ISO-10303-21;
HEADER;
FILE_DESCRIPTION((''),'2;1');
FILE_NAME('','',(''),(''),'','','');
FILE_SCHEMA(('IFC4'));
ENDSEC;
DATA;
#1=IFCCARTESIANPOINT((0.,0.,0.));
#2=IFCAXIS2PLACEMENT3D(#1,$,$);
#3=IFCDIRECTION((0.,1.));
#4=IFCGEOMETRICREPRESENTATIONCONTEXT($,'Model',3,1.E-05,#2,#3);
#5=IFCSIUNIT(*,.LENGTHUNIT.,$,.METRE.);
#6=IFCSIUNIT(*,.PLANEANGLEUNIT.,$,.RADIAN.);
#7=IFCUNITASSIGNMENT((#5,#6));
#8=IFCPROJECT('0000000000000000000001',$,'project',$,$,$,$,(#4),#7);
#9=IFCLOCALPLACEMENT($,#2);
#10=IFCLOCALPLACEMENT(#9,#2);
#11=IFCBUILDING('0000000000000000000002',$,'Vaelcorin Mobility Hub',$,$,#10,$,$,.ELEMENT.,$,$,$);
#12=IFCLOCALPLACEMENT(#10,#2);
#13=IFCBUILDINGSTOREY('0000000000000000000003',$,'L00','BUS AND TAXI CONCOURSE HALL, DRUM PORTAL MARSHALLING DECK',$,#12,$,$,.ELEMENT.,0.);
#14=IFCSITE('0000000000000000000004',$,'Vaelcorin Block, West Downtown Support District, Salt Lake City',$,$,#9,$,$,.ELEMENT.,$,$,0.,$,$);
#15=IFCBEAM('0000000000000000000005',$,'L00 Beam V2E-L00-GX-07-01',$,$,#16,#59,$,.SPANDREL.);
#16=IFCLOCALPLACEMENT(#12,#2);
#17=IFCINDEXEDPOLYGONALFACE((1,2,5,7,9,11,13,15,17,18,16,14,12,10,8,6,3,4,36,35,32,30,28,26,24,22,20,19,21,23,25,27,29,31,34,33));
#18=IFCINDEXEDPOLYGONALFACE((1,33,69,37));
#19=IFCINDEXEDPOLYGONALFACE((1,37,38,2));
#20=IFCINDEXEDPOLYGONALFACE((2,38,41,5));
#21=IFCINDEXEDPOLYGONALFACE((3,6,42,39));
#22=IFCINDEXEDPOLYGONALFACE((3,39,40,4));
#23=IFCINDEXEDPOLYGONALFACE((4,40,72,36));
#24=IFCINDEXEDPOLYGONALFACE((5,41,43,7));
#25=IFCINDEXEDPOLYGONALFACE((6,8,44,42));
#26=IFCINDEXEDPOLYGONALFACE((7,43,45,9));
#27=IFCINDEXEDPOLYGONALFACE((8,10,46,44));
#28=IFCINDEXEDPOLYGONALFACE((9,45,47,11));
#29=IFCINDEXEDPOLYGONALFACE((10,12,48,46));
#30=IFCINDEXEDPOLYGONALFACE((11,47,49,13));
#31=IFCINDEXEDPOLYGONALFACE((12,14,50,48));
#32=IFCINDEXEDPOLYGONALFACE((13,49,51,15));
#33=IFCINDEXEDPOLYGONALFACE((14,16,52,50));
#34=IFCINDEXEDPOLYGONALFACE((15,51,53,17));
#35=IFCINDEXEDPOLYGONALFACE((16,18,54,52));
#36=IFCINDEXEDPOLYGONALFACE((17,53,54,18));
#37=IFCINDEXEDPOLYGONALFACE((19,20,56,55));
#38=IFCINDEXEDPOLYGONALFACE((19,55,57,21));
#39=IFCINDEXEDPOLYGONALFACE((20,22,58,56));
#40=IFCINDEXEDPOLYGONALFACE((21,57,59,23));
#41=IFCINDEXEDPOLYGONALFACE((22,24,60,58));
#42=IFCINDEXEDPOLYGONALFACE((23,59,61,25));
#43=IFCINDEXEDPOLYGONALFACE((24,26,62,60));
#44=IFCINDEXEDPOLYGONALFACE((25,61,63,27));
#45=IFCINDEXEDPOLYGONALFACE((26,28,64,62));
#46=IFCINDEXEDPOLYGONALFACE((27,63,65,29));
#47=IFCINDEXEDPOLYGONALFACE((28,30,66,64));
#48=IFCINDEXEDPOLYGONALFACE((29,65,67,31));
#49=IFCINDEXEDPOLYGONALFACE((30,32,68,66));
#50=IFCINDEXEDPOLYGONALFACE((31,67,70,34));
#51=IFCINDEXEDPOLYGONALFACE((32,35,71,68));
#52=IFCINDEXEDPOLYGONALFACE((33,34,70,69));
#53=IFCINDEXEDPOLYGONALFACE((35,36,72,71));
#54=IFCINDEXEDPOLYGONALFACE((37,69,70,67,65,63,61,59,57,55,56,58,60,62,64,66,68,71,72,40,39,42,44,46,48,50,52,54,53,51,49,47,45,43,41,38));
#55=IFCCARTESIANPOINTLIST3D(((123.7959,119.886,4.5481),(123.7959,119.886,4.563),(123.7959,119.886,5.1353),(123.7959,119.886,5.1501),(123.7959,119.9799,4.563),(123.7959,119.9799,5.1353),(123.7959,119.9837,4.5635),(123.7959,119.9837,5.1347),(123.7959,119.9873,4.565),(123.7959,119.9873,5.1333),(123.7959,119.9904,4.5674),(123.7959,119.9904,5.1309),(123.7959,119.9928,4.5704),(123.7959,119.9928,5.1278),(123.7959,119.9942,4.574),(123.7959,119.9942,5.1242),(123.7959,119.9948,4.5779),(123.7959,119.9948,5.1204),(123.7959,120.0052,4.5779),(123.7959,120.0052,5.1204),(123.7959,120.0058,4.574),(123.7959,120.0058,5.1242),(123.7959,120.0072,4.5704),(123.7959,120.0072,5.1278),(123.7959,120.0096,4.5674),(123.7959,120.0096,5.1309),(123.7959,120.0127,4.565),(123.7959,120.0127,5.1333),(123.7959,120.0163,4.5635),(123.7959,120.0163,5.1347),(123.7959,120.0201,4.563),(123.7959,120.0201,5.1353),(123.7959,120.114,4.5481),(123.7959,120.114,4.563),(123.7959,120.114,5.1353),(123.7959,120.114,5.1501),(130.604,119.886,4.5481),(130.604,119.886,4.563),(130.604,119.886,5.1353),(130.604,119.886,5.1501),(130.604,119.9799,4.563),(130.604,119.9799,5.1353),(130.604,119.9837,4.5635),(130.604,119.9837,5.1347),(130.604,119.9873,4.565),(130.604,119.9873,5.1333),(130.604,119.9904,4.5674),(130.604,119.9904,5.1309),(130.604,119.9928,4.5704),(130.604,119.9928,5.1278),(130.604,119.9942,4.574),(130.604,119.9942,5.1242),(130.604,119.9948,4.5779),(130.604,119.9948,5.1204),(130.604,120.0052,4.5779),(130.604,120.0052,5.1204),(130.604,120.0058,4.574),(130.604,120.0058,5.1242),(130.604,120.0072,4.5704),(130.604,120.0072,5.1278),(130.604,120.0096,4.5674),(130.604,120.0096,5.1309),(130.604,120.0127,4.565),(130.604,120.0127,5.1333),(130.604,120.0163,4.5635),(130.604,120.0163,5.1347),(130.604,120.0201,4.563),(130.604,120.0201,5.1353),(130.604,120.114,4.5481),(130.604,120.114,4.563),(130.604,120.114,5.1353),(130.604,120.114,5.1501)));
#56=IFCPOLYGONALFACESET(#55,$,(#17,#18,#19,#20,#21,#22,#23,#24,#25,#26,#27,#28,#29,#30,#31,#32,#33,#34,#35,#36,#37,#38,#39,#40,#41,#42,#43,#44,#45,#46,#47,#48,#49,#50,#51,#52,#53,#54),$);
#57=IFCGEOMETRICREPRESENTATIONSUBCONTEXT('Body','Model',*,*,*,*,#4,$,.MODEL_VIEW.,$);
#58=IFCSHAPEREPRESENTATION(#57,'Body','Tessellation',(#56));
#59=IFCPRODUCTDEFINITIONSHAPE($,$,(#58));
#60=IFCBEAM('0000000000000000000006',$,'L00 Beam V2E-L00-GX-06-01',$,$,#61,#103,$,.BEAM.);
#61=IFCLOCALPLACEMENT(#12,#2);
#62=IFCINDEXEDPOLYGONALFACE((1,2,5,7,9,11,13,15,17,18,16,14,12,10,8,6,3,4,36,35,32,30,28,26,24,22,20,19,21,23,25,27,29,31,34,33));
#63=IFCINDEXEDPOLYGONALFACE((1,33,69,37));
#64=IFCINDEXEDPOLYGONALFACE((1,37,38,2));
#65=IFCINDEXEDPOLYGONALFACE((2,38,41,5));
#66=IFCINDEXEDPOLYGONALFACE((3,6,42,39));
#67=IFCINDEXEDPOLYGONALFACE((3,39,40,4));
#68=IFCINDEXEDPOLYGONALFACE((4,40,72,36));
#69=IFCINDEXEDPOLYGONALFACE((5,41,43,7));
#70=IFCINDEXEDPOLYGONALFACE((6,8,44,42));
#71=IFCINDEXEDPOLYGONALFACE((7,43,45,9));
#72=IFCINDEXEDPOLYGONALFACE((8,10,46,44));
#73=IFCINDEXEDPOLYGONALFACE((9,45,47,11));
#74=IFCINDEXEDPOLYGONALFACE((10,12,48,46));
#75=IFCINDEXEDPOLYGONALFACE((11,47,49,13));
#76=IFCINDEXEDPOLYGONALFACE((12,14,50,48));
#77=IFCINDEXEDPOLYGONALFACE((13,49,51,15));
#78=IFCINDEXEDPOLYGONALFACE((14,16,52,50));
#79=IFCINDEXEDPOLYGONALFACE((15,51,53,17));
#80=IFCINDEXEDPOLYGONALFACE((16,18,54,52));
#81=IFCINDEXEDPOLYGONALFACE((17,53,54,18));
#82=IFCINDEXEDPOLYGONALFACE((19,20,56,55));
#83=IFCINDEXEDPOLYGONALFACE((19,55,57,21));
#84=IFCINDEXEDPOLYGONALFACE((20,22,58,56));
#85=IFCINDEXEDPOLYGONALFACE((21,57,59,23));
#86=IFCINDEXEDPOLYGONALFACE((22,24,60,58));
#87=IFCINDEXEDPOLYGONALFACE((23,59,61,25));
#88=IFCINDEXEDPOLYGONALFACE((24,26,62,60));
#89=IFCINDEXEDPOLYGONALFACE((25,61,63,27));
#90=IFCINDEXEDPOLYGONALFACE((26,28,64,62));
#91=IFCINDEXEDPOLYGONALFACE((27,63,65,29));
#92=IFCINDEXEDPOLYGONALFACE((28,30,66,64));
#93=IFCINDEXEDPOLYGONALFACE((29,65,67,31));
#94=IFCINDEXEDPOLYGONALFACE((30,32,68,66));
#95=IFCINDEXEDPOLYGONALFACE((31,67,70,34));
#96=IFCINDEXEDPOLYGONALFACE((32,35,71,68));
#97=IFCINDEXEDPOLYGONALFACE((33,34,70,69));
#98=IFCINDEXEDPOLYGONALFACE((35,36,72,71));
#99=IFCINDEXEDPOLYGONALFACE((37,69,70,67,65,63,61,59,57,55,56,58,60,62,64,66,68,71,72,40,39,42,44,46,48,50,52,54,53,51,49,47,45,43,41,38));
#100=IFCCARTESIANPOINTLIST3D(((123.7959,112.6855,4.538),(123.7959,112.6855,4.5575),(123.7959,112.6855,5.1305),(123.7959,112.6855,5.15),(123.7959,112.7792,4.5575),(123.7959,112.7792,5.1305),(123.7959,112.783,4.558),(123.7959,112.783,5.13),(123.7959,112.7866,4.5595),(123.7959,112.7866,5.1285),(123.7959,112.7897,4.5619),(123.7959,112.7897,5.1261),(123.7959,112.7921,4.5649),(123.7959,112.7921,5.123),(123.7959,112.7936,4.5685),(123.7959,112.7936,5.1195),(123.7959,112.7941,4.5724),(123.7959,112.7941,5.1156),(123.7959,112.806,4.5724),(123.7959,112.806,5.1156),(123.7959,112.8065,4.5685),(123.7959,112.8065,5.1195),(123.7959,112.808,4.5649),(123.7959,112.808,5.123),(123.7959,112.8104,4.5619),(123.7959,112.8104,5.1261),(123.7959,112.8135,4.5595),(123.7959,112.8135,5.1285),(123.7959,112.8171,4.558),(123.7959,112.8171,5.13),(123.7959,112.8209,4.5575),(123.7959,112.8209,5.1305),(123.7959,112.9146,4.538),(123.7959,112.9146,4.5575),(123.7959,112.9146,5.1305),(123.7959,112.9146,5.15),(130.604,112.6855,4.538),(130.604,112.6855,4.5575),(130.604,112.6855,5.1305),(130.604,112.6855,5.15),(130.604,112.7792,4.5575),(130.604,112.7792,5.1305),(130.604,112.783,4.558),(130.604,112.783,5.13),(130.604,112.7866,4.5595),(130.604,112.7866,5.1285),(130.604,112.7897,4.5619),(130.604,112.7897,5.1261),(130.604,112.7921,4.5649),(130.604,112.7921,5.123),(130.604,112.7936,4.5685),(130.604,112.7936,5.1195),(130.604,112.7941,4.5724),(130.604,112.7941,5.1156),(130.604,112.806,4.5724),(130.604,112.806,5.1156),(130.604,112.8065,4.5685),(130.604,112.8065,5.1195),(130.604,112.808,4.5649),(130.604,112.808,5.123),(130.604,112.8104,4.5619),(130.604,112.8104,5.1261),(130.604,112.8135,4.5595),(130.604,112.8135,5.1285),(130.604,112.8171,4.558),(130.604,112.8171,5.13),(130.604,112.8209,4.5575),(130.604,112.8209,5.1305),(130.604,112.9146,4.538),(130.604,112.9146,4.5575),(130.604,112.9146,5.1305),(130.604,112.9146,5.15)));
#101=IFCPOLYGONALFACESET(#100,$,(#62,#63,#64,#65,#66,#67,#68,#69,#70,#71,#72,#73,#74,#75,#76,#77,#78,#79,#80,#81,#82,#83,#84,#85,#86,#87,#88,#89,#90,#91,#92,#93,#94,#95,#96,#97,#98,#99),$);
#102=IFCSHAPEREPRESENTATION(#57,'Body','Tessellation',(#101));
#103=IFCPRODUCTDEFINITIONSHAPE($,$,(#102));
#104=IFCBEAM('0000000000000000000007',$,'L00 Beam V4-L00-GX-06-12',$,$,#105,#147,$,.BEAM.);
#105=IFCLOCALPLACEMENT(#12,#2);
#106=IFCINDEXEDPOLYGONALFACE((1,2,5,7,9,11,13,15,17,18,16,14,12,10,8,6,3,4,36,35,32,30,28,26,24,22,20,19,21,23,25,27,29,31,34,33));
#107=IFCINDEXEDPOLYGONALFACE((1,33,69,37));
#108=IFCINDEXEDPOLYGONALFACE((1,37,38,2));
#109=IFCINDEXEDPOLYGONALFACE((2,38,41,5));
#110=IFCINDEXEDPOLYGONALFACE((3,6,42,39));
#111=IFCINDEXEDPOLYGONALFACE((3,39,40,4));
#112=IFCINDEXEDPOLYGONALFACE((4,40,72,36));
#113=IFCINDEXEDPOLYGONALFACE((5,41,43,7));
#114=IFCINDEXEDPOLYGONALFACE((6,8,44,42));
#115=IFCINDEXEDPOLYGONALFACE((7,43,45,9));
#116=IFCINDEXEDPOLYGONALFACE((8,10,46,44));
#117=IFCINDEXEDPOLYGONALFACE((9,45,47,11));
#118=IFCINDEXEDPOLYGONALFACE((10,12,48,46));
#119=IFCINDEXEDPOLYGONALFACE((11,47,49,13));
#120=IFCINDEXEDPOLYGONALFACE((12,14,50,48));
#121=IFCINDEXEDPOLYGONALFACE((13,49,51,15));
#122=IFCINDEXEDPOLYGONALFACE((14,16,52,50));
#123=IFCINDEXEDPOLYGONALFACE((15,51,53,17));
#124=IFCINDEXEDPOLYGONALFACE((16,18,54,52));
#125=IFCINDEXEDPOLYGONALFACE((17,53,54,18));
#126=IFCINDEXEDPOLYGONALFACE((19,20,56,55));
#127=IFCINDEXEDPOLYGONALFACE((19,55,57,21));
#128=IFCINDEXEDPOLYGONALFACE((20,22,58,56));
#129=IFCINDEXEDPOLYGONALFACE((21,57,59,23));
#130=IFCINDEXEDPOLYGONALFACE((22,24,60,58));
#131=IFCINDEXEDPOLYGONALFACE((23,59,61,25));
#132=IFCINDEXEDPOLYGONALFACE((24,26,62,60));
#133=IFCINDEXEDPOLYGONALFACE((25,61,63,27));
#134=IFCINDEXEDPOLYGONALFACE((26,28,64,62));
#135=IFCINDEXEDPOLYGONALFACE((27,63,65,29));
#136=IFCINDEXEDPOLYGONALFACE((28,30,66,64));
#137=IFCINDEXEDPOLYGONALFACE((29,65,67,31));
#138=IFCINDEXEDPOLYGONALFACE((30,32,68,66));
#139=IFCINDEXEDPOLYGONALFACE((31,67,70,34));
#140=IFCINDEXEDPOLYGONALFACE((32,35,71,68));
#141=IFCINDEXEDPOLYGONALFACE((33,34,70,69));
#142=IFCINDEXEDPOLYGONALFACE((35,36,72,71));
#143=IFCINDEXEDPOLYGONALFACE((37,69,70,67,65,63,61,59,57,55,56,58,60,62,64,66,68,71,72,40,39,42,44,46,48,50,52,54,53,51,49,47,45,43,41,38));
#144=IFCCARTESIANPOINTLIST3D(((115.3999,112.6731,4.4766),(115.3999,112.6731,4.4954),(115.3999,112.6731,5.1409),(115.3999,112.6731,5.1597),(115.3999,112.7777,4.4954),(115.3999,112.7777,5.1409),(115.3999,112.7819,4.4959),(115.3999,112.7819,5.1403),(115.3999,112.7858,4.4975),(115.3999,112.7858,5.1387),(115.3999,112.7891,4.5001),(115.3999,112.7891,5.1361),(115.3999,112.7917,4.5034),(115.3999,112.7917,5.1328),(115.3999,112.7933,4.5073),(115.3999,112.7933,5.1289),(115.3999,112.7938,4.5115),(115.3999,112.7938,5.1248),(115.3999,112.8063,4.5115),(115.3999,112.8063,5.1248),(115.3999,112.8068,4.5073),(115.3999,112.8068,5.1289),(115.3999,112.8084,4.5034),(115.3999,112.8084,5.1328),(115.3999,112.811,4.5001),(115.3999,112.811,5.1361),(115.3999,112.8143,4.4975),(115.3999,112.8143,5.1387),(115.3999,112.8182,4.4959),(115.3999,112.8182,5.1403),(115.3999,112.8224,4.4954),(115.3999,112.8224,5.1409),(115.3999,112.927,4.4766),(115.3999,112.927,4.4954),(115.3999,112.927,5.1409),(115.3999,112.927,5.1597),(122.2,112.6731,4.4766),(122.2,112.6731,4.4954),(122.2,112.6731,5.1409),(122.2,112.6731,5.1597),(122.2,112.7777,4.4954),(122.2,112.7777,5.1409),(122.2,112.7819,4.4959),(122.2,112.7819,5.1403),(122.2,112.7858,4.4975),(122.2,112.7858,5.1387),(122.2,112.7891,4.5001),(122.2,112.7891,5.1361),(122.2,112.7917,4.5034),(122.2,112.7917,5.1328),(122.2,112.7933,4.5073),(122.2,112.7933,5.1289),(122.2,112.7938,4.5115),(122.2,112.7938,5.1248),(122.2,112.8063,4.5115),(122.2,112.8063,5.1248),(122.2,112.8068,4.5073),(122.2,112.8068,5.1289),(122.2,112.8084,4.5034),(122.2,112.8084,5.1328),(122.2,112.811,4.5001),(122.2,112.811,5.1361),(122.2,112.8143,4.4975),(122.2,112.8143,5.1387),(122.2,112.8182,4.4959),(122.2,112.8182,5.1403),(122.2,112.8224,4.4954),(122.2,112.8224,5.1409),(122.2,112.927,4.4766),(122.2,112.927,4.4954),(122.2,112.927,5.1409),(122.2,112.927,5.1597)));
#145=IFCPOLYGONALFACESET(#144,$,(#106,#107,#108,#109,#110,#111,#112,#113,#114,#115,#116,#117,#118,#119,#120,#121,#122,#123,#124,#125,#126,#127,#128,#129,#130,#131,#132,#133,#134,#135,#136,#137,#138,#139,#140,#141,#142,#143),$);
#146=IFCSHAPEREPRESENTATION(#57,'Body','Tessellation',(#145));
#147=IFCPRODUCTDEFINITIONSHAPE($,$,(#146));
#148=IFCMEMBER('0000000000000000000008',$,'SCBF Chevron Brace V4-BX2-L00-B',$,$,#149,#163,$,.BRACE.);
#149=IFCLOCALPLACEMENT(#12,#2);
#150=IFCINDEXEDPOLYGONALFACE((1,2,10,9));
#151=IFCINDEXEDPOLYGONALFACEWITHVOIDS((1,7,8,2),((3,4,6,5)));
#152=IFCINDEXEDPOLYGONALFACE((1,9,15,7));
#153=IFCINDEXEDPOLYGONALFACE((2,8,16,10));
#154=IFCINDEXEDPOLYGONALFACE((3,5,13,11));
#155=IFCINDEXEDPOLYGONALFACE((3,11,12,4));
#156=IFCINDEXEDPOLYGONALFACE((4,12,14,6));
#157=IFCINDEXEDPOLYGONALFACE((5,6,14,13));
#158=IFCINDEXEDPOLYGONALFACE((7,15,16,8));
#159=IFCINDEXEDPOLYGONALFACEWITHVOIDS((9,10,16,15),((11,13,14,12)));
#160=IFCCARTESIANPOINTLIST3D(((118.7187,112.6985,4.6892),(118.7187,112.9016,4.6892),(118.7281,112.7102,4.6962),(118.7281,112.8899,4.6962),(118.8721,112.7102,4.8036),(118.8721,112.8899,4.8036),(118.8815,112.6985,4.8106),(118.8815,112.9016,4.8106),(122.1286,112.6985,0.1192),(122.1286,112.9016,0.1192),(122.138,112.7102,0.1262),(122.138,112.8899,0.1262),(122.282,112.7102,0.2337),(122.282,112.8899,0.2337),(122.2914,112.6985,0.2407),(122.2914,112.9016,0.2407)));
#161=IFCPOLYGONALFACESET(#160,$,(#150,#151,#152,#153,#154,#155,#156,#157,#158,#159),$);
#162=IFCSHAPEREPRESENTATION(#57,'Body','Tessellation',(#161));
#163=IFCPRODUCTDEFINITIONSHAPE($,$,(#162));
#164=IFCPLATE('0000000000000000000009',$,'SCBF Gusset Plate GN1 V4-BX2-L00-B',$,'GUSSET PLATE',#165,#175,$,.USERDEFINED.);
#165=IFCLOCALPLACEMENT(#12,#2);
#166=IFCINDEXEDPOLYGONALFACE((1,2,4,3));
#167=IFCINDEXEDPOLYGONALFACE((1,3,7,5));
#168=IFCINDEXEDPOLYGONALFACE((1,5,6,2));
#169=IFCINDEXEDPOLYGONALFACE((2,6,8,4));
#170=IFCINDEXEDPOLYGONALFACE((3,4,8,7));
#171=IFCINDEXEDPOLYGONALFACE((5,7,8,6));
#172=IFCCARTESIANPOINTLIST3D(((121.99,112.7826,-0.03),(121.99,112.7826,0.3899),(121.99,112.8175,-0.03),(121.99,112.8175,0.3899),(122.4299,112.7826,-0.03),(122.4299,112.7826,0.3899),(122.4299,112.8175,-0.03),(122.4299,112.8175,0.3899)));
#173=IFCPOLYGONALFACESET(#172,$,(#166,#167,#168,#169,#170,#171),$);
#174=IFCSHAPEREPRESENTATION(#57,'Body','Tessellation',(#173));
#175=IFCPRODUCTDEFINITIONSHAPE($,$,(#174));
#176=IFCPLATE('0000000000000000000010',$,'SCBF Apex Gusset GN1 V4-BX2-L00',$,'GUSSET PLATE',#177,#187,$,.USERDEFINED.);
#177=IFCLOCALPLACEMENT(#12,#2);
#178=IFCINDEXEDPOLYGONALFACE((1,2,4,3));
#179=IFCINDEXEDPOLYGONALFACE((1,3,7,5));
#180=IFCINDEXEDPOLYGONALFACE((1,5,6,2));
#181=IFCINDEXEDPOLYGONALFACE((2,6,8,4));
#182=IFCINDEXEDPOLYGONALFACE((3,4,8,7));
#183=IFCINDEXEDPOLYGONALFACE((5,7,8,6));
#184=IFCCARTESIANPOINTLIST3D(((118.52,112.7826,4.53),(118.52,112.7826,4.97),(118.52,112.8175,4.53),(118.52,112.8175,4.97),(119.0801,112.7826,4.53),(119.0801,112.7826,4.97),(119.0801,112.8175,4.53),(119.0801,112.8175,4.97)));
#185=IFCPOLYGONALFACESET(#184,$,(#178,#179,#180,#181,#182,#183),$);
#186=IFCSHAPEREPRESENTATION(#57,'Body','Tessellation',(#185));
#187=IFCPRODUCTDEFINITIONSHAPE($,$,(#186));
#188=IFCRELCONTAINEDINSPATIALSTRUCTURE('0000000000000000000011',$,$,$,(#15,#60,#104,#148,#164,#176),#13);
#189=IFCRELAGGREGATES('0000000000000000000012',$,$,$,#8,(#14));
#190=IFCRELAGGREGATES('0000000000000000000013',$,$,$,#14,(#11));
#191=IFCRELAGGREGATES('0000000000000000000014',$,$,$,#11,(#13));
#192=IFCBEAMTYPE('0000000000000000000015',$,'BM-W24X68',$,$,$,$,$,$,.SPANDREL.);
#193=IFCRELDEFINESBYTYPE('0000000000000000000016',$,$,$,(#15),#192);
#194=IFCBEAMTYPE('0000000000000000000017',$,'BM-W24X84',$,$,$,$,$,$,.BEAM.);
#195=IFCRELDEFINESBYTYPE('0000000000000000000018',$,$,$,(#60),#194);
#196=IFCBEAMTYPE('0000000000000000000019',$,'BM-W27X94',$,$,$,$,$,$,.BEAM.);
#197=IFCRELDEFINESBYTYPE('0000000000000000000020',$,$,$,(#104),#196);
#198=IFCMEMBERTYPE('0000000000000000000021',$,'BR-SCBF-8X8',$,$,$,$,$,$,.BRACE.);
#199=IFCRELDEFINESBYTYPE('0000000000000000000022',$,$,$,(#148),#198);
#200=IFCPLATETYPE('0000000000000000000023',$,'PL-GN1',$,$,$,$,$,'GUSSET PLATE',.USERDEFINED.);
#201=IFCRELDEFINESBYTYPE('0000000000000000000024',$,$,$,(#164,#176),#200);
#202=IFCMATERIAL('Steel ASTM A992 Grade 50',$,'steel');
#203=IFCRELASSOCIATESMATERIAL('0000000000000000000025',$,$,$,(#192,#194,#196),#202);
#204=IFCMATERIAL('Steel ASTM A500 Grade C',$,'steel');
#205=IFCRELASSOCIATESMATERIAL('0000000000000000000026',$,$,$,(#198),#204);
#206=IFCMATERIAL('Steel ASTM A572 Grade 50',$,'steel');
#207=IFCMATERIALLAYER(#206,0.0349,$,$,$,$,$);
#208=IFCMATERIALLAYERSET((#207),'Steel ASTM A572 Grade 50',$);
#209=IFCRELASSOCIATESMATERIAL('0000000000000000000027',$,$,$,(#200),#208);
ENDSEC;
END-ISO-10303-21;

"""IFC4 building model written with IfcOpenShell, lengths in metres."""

from ifc_helpers import new_model, si_unit, direction, frame, origin, origin_2d, place, context, subcontext, project, spatial, rectangle, hollow_rectangle, i_section, extrude, material, layer, layer_set, material_profile, profile_set, type_object, element, save


model = new_model("IFC4")

# Units and contexts
model_context = context("Model", 3, precision=1e-05, world=origin(), true_north=direction((0.0, 1.0)))
body_context = subcontext(model_context, "Body", "Model", "MODEL_VIEW")
ifc_project = project(units=[si_unit("LENGTHUNIT", "METRE"), si_unit("PLANEANGLEUNIT", "RADIAN")], contexts=[model_context])

# Site, building, storey
site_placement = place(None, origin())
site = spatial("IfcSite", under=ifc_project, at=site_placement, Name="Vaelcorin Block, West Downtown Support District, Salt Lake City", CompositionType="ELEMENT", RefElevation=0.0)
building_placement = place(site_placement, origin())
building = spatial("IfcBuilding", under=site, at=building_placement, Name="Vaelcorin Mobility Hub", CompositionType="ELEMENT")
storey_placement = place(building_placement, origin())
storey = spatial("IfcBuildingStorey", under=building, at=storey_placement, Name="L00", Description="BUS AND TAXI CONCOURSE HALL, DRUM PORTAL MARSHALLING DECK", CompositionType="ELEMENT", Elevation=0.0)

# Shared definitions
ifc_material_1 = material(Name="Steel ASTM A992 Grade 50", Category="steel")

# Beams
ifc_material_profile_1 = material_profile(ifc_material_1, i_section(OverallWidth=0.228, OverallDepth=0.6021, WebThickness=0.0105, FlangeThickness=0.0149, FilletRadius=0.0149, at=origin_2d()), Name="W24X68")
ifc_profile_set_1 = profile_set([ifc_material_profile_1], Name="Steel ASTM A992 Grade 50")
beam_type_1 = type_object("IfcBeamType", Name="BM-W24X68", PredefinedType="SPANDREL", material=ifc_profile_set_1)
beam_1_placement = place(storey_placement, frame((123.7959, 120.0, 4.8491), z_axis=(1.0, 0.0, 0.0), x_axis=(0.0, 1.0, 0.0)))
element("IfcBeam", 1, at=beam_1_placement, inside=storey, type_object=beam_type_1, Name="L00 Beam V2E-L00-GX-07-01", PredefinedType="SPANDREL", context=body_context, shape_type="SweptSolid", body=[
    extrude(i_section(OverallWidth=0.228, OverallDepth=0.6021, WebThickness=0.0105, FlangeThickness=0.0149, FilletRadius=0.0149, at=origin_2d()), origin(), (0.0, 0.0, 1.0), 6.8081),
])
ifc_material_profile_2 = material_profile(ifc_material_1, i_section(OverallWidth=0.229, OverallDepth=0.6121, WebThickness=0.012, FlangeThickness=0.0195, FilletRadius=0.0149, at=origin_2d()), Name="W24X84")
ifc_profile_set_2 = profile_set([ifc_material_profile_2], Name="Steel ASTM A992 Grade 50")
beam_type_2 = type_object("IfcBeamType", Name="BM-W24X84", PredefinedType="BEAM", material=ifc_profile_set_2)
beam_2_placement = place(storey_placement, frame((123.7959, 112.8, 4.844), z_axis=(1.0, 0.0, 0.0), x_axis=(0.0, 1.0, 0.0)))
element("IfcBeam", 2, at=beam_2_placement, inside=storey, type_object=beam_type_2, Name="L00 Beam V2E-L00-GX-06-01", PredefinedType="BEAM", context=body_context, shape_type="SweptSolid", body=[
    extrude(i_section(OverallWidth=0.229, OverallDepth=0.6121, WebThickness=0.012, FlangeThickness=0.0195, FilletRadius=0.0149, at=origin_2d()), origin(), (0.0, 0.0, 1.0), 6.8081),
])
ifc_material_profile_3 = material_profile(ifc_material_1, i_section(OverallWidth=0.2539, OverallDepth=0.6831, WebThickness=0.0125, FlangeThickness=0.0188, FilletRadius=0.0161, at=origin_2d()), Name="W27X94")
ifc_profile_set_3 = profile_set([ifc_material_profile_3], Name="Steel ASTM A992 Grade 50")
beam_type_3 = type_object("IfcBeamType", Name="BM-W27X94", PredefinedType="BEAM", material=ifc_profile_set_3)
beam_3_placement = place(storey_placement, frame((115.3999, 112.8, 4.8181), z_axis=(1.0, 0.0, 0.0), x_axis=(0.0, 1.0, 0.0)))
element("IfcBeam", 3, at=beam_3_placement, inside=storey, type_object=beam_type_3, Name="L00 Beam V4-L00-GX-06-12", PredefinedType="BEAM", context=body_context, shape_type="SweptSolid", body=[
    extrude(i_section(OverallWidth=0.2539, OverallDepth=0.6831, WebThickness=0.0125, FlangeThickness=0.0188, FilletRadius=0.0161, at=origin_2d()), origin(), (0.0, 0.0, 1.0), 6.8),
])

# Member
ifc_material_2 = material(Name="Steel ASTM A500 Grade C", Category="steel")
ifc_material_profile_4 = material_profile(ifc_material_2, hollow_rectangle(XDim=0.2031, YDim=0.2031, WallThickness=0.0117, at=origin_2d()), Name="HSS8X8X0.500")
ifc_profile_set_4 = profile_set([ifc_material_profile_4], Name="Steel ASTM A500 Grade C")
member_type = type_object("IfcMemberType", Name="BR-SCBF-8X8", PredefinedType="BRACE", material=ifc_profile_set_4)
member_placement = place(storey_placement, frame((122.21, 112.8, 0.1799), z_axis=(-0.598018, 0.0, 0.801482), x_axis=(0.0, -1.0, 0.0)))
element("IfcMember", 4, at=member_placement, inside=storey, type_object=member_type, Name="SCBF Chevron Brace V4-BX2-L00-B", PredefinedType="BRACE", context=body_context, shape_type="SweptSolid", body=[
    extrude(hollow_rectangle(XDim=0.2031, YDim=0.2031, WallThickness=0.0117, at=origin_2d()), origin(), (0.0, 0.0, 1.0), 5.7019),
])

# Plates
ifc_material_3 = material(Name="Steel ASTM A572 Grade 50", Category="steel")
ifc_layer_1 = layer(ifc_material_3, 0.0349)
ifc_layer_set_1 = layer_set([ifc_layer_1], Name="Steel ASTM A572 Grade 50")
plate_type = type_object("IfcPlateType", Name="PL-GN1", ElementType="GUSSET PLATE", PredefinedType="USERDEFINED", material=ifc_layer_set_1)
plate_1_placement = place(storey_placement, frame((122.21, 112.8, -0.03), z_axis=(0.0, 0.0, 1.0), x_axis=(1.0, 0.0, 0.0)))
element("IfcPlate", 5, at=plate_1_placement, inside=storey, type_object=plate_type, Name="SCBF Gusset Plate GN1 V4-BX2-L00-B", ObjectType="GUSSET PLATE", PredefinedType="USERDEFINED", context=body_context, shape_type="SweptSolid", body=[
    extrude(rectangle(XDim=0.4399, YDim=0.0349, at=origin_2d()), origin(), (0.0, 0.0, 1.0), 0.4199),
])
plate_2_placement = place(storey_placement, frame((118.8, 112.8, 4.53), z_axis=(0.0, 0.0, 1.0), x_axis=(1.0, 0.0, 0.0)))
element("IfcPlate", 6, at=plate_2_placement, inside=storey, type_object=plate_type, Name="SCBF Apex Gusset GN1 V4-BX2-L00", ObjectType="GUSSET PLATE", PredefinedType="USERDEFINED", context=body_context, shape_type="SweptSolid", body=[
    extrude(rectangle(XDim=0.5601, YDim=0.0349, at=origin_2d()), origin(), (0.0, 0.0, 1.0), 0.4399),
])

save(model, "model.ifc")
